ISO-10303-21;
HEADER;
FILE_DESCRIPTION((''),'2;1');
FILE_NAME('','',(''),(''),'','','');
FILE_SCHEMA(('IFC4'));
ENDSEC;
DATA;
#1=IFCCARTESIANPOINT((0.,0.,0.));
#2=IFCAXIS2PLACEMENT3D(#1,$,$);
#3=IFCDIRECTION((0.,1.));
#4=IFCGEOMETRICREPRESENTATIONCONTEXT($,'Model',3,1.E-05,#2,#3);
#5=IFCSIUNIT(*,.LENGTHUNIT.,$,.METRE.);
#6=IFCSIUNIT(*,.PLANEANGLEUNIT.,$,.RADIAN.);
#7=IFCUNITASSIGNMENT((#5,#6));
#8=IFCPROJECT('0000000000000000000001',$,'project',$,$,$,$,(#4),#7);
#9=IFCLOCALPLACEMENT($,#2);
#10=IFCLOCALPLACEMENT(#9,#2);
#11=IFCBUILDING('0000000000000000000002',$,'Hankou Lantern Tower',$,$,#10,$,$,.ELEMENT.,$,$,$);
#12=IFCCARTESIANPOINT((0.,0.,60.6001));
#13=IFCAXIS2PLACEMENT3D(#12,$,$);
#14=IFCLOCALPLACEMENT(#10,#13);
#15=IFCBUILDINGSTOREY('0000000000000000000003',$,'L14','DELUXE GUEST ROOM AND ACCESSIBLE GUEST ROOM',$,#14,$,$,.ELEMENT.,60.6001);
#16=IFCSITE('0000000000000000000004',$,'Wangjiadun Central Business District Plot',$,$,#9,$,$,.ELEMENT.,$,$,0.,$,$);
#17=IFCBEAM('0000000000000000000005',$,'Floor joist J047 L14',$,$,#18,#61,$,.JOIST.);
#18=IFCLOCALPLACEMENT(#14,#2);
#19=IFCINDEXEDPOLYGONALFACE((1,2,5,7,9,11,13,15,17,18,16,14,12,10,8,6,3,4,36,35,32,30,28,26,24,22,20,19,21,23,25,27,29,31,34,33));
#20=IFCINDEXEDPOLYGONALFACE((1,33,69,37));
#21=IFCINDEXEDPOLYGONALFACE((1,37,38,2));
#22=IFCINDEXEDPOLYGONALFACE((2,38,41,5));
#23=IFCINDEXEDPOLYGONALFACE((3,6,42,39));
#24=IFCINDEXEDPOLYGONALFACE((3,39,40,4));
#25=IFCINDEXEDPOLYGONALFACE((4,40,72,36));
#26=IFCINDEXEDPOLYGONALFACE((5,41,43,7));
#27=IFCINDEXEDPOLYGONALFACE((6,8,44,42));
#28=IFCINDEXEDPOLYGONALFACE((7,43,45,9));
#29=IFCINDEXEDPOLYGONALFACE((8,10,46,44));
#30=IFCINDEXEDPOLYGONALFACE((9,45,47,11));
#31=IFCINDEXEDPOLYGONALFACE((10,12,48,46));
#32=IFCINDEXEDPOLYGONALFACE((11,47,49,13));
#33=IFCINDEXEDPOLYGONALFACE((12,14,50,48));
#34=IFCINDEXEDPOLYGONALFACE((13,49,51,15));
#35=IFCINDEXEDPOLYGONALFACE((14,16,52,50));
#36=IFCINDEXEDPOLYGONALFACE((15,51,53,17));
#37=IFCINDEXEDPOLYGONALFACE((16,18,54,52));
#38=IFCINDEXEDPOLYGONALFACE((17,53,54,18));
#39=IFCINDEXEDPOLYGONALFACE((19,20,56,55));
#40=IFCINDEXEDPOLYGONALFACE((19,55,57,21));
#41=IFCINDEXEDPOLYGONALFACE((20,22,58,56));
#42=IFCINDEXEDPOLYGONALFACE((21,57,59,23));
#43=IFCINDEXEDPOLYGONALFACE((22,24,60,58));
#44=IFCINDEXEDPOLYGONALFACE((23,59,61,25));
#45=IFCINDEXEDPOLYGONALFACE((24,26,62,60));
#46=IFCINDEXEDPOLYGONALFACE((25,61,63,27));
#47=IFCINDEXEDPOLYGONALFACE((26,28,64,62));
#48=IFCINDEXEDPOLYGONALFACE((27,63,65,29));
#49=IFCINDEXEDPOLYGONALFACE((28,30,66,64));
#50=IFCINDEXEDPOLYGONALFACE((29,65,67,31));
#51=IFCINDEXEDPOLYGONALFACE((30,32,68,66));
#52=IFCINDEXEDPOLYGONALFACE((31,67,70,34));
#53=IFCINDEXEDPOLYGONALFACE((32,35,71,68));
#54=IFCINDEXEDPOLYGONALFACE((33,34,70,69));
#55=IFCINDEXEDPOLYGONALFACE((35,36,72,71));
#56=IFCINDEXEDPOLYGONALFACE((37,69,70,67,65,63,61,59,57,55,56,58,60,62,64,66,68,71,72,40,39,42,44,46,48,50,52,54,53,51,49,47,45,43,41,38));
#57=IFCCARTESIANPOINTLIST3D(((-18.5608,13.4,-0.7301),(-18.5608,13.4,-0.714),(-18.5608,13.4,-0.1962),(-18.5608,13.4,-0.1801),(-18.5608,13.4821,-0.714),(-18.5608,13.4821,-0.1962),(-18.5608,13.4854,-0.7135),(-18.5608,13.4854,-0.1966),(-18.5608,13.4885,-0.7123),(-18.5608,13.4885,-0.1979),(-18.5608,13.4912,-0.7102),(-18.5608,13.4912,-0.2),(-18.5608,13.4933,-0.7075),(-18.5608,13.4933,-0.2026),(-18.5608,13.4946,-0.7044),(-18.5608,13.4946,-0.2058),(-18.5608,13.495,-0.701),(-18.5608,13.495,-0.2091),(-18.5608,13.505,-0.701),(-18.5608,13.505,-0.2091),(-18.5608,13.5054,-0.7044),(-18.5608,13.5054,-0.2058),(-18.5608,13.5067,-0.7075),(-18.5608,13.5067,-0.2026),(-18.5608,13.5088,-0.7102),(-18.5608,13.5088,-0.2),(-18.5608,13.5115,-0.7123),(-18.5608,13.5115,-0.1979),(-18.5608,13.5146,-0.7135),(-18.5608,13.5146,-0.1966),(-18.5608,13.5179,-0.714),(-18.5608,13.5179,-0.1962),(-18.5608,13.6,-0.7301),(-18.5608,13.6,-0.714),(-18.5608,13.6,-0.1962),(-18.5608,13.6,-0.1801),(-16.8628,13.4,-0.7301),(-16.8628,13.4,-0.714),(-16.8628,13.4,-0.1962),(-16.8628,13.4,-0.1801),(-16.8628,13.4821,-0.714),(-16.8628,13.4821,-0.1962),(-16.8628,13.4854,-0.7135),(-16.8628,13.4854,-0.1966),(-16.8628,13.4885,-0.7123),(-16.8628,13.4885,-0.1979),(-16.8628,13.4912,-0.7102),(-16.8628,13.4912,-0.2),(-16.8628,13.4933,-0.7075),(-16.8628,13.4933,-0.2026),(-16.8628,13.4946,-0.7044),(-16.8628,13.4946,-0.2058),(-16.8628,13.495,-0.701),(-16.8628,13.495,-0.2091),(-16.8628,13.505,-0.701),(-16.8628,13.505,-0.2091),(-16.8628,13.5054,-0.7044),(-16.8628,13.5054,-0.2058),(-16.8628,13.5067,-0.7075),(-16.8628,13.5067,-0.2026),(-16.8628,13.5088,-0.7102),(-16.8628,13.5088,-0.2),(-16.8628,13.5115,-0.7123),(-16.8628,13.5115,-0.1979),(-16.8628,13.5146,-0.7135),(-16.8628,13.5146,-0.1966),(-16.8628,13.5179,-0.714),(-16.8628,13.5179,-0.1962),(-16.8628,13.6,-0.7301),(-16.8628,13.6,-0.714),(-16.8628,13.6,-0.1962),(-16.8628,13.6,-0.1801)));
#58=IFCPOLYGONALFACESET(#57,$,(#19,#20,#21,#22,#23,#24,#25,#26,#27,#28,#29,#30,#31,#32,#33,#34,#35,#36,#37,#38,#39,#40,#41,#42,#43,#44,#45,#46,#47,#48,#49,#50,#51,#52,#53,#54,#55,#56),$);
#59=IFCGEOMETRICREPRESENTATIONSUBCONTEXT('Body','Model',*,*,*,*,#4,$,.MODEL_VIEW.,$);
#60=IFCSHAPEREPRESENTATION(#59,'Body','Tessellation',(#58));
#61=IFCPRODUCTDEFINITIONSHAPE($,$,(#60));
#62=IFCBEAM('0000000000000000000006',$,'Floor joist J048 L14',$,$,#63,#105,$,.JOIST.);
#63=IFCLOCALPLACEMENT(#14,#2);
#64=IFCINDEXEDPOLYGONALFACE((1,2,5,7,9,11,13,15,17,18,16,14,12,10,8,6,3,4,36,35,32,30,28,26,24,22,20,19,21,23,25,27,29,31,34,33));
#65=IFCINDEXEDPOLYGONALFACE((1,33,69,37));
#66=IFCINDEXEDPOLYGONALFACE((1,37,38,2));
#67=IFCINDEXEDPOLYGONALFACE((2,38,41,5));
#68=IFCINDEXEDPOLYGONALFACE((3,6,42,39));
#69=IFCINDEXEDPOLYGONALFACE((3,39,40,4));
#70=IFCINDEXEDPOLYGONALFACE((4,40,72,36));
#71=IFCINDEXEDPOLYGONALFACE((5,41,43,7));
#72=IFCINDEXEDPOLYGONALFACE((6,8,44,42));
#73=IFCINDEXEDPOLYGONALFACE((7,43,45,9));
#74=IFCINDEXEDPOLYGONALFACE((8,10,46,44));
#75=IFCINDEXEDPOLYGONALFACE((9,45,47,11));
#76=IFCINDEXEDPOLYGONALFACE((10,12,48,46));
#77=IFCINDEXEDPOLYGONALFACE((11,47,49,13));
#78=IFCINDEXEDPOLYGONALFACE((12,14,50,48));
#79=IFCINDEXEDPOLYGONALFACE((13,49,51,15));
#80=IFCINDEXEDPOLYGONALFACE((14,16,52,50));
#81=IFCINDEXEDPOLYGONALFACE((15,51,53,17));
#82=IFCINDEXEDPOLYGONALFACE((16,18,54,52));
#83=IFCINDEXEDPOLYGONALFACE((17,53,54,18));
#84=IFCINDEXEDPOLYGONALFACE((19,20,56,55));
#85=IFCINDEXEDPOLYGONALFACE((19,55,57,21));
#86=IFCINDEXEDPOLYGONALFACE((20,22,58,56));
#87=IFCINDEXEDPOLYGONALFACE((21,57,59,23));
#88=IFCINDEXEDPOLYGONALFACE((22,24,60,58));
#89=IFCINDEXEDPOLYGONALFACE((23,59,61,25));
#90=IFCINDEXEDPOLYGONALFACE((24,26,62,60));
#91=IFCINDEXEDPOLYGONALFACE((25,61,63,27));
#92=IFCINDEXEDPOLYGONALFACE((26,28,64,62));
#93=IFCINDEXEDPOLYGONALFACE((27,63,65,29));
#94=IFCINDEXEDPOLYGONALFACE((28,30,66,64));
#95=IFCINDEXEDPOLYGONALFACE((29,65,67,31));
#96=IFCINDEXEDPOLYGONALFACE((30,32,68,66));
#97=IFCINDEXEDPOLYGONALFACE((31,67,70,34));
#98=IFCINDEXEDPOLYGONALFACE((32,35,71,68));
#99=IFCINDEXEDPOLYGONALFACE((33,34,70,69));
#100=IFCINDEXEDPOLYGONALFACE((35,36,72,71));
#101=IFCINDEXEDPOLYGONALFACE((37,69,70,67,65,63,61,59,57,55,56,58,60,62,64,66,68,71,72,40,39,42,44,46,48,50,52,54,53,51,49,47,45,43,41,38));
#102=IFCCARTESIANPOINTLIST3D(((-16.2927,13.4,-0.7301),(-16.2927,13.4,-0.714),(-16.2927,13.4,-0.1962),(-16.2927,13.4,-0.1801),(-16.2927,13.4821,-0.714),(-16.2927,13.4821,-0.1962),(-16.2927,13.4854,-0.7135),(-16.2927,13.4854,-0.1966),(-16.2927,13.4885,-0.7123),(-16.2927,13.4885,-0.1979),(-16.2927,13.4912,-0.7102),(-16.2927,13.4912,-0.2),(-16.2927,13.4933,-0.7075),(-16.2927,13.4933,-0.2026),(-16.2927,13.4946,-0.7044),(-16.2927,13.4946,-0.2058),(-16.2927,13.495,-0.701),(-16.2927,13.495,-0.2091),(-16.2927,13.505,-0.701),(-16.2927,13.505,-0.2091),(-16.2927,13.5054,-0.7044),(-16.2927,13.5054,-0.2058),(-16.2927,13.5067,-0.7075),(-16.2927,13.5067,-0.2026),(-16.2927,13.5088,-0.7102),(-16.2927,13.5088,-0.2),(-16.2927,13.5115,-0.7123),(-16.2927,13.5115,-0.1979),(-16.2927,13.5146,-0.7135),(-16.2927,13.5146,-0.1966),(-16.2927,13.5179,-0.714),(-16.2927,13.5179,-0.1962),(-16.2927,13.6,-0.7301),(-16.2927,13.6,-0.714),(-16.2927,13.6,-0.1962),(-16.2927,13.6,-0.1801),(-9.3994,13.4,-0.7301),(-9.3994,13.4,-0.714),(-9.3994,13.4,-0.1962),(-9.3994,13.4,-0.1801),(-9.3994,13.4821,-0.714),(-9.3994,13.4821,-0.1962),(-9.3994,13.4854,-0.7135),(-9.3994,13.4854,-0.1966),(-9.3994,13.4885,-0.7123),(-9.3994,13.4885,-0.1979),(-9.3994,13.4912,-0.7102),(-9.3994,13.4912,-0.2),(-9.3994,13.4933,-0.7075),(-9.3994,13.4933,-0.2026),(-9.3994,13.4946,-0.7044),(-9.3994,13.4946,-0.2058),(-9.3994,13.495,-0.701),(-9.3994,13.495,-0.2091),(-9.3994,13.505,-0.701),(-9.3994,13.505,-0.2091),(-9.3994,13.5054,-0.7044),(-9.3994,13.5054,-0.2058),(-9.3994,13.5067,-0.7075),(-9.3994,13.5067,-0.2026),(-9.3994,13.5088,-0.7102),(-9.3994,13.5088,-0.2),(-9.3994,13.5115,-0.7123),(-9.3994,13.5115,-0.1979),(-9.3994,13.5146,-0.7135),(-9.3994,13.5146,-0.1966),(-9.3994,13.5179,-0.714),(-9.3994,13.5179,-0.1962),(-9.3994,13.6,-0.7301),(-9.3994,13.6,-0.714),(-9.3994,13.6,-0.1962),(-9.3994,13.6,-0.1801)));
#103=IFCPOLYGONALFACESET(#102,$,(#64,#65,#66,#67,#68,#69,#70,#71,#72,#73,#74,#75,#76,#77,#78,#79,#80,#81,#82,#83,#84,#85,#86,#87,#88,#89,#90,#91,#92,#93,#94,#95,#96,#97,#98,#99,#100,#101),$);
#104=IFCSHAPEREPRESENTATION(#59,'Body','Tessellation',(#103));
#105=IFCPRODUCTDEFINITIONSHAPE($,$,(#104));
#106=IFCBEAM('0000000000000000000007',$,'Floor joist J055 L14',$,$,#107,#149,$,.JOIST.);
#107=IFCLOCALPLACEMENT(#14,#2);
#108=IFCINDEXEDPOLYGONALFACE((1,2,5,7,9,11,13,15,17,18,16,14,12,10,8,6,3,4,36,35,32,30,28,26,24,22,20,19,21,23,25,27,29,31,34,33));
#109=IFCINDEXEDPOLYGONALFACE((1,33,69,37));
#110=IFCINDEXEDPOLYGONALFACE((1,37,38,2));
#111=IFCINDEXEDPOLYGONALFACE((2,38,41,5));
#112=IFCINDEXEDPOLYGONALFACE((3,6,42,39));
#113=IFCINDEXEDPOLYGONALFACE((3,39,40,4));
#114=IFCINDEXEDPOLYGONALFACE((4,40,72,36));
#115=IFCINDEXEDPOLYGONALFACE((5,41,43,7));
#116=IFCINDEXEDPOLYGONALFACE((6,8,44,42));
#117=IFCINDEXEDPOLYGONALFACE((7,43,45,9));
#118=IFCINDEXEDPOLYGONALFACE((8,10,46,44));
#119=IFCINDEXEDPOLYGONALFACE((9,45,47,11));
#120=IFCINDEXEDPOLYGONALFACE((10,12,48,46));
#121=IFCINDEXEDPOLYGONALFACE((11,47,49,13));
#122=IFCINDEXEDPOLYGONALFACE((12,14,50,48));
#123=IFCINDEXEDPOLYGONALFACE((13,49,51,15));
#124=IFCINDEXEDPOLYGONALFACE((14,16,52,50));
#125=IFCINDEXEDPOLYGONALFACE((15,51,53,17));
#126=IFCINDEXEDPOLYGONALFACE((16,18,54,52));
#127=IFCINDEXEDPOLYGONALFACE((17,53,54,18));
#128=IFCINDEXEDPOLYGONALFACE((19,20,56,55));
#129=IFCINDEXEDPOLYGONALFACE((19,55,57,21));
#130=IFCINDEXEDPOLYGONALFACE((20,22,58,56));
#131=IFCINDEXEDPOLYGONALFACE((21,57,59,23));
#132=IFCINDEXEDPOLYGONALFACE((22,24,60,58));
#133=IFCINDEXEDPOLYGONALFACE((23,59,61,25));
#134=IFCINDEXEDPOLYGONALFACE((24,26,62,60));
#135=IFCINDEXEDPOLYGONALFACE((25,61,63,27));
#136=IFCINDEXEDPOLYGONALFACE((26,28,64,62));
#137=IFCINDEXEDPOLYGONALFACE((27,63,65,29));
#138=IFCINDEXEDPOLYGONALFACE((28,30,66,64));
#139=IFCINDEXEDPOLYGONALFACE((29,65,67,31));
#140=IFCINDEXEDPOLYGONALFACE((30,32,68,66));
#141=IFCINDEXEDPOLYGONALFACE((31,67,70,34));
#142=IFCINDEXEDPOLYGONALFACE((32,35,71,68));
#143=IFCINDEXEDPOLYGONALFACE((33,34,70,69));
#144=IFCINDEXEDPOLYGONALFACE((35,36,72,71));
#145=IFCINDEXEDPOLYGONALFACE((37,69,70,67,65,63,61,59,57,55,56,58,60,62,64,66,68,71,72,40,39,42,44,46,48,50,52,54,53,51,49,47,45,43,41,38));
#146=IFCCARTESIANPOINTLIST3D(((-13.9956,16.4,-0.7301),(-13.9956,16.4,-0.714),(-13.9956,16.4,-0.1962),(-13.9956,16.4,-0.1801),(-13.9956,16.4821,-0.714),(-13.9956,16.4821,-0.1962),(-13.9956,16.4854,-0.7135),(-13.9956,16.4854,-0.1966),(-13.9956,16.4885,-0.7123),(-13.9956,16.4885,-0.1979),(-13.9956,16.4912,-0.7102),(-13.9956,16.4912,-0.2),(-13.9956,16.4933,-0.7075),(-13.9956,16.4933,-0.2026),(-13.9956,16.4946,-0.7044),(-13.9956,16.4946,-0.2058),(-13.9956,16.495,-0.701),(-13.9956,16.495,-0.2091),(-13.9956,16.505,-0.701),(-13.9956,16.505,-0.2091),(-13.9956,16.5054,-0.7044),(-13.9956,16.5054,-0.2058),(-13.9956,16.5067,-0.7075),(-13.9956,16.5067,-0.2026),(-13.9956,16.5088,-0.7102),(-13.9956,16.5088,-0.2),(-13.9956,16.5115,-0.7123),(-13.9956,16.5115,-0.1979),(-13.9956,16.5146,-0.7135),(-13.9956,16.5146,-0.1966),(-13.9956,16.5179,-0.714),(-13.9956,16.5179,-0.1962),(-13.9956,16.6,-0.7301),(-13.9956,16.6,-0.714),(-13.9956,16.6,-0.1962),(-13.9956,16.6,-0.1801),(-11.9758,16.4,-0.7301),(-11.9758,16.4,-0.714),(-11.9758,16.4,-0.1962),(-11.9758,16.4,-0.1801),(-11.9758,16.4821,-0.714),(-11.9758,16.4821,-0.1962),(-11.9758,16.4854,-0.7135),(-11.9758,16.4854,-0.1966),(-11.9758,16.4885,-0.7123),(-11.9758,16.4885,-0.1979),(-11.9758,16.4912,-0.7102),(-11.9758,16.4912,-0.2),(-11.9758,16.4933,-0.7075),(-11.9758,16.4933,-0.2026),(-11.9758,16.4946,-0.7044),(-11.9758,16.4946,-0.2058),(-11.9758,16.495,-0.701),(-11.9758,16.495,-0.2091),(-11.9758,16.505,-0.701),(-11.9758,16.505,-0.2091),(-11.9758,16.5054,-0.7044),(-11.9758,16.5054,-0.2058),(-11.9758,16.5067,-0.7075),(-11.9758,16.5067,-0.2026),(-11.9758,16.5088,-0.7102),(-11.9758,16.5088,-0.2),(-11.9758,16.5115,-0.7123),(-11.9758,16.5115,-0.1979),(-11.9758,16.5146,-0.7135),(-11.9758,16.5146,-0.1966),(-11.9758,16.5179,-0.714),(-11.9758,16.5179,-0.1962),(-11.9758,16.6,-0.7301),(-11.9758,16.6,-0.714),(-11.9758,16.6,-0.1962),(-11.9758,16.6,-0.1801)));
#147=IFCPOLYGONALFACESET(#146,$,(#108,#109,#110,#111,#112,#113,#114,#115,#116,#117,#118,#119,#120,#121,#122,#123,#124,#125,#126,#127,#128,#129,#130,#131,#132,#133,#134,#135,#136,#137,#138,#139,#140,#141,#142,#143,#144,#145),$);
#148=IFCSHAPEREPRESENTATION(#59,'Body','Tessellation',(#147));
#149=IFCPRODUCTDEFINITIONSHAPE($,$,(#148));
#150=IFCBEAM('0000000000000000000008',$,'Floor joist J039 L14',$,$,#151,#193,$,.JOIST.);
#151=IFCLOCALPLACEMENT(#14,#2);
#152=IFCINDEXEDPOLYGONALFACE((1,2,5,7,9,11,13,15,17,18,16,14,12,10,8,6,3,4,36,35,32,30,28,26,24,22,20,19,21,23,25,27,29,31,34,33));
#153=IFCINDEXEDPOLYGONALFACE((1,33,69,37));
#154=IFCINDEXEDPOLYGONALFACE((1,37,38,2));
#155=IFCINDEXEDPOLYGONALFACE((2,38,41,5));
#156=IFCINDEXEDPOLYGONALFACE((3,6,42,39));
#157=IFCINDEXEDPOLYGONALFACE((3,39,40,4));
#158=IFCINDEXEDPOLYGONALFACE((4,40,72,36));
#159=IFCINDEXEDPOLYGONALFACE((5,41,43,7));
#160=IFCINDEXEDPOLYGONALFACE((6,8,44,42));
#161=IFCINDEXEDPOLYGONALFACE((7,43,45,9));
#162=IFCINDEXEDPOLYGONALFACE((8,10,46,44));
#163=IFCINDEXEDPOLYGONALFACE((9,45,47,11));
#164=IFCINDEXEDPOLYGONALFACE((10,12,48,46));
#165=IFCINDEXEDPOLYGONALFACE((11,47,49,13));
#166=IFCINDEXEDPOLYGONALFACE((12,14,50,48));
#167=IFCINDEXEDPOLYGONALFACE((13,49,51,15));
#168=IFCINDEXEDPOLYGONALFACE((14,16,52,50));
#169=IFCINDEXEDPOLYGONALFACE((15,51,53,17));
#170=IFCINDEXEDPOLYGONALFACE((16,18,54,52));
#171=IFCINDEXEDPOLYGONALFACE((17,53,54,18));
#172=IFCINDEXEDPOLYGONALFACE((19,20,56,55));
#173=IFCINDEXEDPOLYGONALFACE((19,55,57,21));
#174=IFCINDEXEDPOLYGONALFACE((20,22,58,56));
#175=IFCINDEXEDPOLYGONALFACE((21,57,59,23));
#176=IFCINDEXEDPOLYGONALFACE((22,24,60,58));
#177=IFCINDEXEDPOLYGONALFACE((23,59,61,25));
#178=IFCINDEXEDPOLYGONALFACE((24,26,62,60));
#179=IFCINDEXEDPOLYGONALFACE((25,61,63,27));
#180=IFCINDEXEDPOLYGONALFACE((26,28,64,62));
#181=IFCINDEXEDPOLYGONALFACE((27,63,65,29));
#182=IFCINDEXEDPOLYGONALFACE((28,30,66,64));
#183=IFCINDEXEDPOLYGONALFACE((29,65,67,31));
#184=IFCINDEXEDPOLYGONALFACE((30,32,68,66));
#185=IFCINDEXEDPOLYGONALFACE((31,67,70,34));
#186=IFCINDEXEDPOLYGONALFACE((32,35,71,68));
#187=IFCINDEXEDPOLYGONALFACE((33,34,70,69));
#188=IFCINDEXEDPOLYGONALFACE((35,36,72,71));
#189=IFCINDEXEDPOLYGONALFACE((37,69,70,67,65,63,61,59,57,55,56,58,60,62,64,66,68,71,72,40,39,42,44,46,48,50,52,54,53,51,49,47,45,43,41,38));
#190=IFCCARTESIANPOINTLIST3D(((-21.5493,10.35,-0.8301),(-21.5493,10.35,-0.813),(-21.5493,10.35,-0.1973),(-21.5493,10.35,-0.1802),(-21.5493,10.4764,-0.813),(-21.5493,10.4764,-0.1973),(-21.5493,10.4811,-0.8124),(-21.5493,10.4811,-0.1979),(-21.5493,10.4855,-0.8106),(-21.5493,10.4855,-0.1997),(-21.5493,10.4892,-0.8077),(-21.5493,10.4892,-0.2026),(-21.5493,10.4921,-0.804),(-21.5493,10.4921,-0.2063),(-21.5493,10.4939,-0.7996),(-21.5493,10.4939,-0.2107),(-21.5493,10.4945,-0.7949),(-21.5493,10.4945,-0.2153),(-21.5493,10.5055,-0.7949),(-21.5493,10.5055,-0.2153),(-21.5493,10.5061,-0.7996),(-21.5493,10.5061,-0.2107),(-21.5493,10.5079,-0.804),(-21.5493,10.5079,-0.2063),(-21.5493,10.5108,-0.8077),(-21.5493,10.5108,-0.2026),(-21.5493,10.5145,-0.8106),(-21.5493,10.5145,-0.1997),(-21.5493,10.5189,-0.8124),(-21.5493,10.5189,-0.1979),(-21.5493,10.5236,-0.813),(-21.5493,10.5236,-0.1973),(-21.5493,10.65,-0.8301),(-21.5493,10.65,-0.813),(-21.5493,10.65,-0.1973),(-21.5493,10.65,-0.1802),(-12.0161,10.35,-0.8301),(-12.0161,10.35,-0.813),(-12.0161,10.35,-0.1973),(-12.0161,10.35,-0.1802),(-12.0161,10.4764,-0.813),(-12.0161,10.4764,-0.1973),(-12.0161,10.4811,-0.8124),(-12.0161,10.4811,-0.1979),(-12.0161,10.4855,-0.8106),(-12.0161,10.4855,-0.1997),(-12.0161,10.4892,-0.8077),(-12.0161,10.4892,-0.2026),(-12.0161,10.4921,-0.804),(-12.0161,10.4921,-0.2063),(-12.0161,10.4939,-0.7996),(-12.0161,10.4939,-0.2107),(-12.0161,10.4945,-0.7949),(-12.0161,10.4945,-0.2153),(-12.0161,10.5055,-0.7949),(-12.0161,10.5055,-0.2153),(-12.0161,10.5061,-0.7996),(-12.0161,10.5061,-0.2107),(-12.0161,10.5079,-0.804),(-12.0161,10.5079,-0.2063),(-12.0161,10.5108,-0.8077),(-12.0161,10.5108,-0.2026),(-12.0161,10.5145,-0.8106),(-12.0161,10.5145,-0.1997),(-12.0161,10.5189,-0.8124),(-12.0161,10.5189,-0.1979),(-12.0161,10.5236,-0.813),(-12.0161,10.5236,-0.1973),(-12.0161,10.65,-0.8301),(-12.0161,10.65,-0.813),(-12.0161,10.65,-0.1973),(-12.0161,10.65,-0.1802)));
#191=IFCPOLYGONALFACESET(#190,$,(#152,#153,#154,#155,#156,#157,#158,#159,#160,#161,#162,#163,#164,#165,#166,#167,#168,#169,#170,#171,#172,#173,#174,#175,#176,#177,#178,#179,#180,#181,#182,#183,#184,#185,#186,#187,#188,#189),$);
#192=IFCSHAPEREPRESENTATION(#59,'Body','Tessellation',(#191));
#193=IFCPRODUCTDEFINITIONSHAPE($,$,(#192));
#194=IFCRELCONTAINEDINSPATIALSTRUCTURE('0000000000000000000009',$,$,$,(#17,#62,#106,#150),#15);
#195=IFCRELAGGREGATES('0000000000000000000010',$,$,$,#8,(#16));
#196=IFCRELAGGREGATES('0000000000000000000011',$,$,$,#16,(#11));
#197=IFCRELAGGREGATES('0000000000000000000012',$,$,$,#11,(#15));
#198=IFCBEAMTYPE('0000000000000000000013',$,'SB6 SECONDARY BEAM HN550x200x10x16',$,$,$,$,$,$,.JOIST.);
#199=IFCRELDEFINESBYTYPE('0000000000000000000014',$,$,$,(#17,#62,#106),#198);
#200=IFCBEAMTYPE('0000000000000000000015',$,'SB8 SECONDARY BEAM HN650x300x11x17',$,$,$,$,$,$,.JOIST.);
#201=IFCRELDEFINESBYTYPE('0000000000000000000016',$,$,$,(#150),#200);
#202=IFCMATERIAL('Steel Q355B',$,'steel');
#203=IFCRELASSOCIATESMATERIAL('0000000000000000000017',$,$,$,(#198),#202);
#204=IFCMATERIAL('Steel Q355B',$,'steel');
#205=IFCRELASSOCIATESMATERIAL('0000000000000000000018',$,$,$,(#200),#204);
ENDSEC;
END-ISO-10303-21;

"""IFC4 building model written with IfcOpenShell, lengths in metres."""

from ifc_helpers import new_model, si_unit, direction, frame, origin, origin_2d, place, context, subcontext, project, spatial, i_section, extrude, material, material_profile, profile_set, type_object, element, save


model = new_model("IFC4")

# Units and contexts
model_context = context("Model", 3, precision=1e-05, world=origin(), true_north=direction((0.0, 1.0)))
body_context = subcontext(model_context, "Body", "Model", "MODEL_VIEW")
ifc_project = project(units=[si_unit("LENGTHUNIT", "METRE"), si_unit("PLANEANGLEUNIT", "RADIAN")], contexts=[model_context])

# Site, building, storey
site_placement = place(None, origin())
site = spatial("IfcSite", under=ifc_project, at=site_placement, Name="Wangjiadun Central Business District Plot", CompositionType="ELEMENT", RefElevation=0.0)
building_placement = place(site_placement, origin())
building = spatial("IfcBuilding", under=site, at=building_placement, Name="Hankou Lantern Tower", CompositionType="ELEMENT")
storey_placement = place(building_placement, frame((0.0, 0.0, 60.6001)))
storey = spatial("IfcBuildingStorey", under=building, at=storey_placement, Name="L14", Description="DELUXE GUEST ROOM AND ACCESSIBLE GUEST ROOM", CompositionType="ELEMENT", Elevation=60.6001)

# Beams
ifc_material_1 = material(Name="Steel Q355B", Category="steel")
ifc_material_profile_1 = material_profile(ifc_material_1, i_section(OverallWidth=0.2, OverallDepth=0.55, WebThickness=0.01, FlangeThickness=0.0161, FilletRadius=0.0129, at=origin_2d()), Name="HN550x200x10x16")
ifc_profile_set_1 = profile_set([ifc_material_profile_1], Name="Steel Q355B")
beam_type_1 = type_object("IfcBeamType", Name="SB6 SECONDARY BEAM HN550x200x10x16", PredefinedType="JOIST", material=ifc_profile_set_1)
beam_1_placement = place(storey_placement, frame((-18.5608, 13.5, -0.4551), z_axis=(1.0, 0.0, 0.0), x_axis=(0.0, 1.0, 0.0)))
element("IfcBeam", 1, at=beam_1_placement, inside=storey, type_object=beam_type_1, Name="Floor joist J047 L14", PredefinedType="JOIST", context=body_context, shape_type="SweptSolid", body=[
    extrude(i_section(OverallWidth=0.2, OverallDepth=0.55, WebThickness=0.01, FlangeThickness=0.0161, FilletRadius=0.0129, at=origin_2d()), origin(), (0.0, 0.0, 1.0), 1.698),
])
beam_2_placement = place(storey_placement, frame((-16.2927, 13.5, -0.4551), z_axis=(1.0, 0.0, 0.0), x_axis=(0.0, 1.0, 0.0)))
element("IfcBeam", 2, at=beam_2_placement, inside=storey, type_object=beam_type_1, Name="Floor joist J048 L14", PredefinedType="JOIST", context=body_context, shape_type="SweptSolid", body=[
    extrude(i_section(OverallWidth=0.2, OverallDepth=0.55, WebThickness=0.01, FlangeThickness=0.0161, FilletRadius=0.0129, at=origin_2d()), origin(), (0.0, 0.0, 1.0), 6.8933),
])
beam_3_placement = place(storey_placement, frame((-13.9956, 16.5, -0.4551), z_axis=(1.0, 0.0, 0.0), x_axis=(0.0, 1.0, 0.0)))
element("IfcBeam", 3, at=beam_3_placement, inside=storey, type_object=beam_type_1, Name="Floor joist J055 L14", PredefinedType="JOIST", context=body_context, shape_type="SweptSolid", body=[
    extrude(i_section(OverallWidth=0.2, OverallDepth=0.55, WebThickness=0.01, FlangeThickness=0.0161, FilletRadius=0.0129, at=origin_2d()), origin(), (0.0, 0.0, 1.0), 2.0198),
])
ifc_material_2 = material(Name="Steel Q355B", Category="steel")
ifc_material_profile_2 = material_profile(ifc_material_2, i_section(OverallWidth=0.3, OverallDepth=0.6499, WebThickness=0.011, FlangeThickness=0.0171, FilletRadius=0.0181, at=origin_2d()), Name="HN650x300x11x17")
ifc_profile_set_2 = profile_set([ifc_material_profile_2], Name="Steel Q355B")
beam_type_2 = type_object("IfcBeamType", Name="SB8 SECONDARY BEAM HN650x300x11x17", PredefinedType="JOIST", material=ifc_profile_set_2)
beam_4_placement = place(storey_placement, frame((-21.5493, 10.5, -0.5051), z_axis=(1.0, 0.0, 0.0), x_axis=(0.0, 1.0, 0.0)))
element("IfcBeam", 4, at=beam_4_placement, inside=storey, type_object=beam_type_2, Name="Floor joist J039 L14", PredefinedType="JOIST", context=body_context, shape_type="SweptSolid", body=[
    extrude(i_section(OverallWidth=0.3, OverallDepth=0.6499, WebThickness=0.011, FlangeThickness=0.0171, FilletRadius=0.0181, at=origin_2d()), origin(), (0.0, 0.0, 1.0), 9.5332),
])

save(model, "model.ifc")
